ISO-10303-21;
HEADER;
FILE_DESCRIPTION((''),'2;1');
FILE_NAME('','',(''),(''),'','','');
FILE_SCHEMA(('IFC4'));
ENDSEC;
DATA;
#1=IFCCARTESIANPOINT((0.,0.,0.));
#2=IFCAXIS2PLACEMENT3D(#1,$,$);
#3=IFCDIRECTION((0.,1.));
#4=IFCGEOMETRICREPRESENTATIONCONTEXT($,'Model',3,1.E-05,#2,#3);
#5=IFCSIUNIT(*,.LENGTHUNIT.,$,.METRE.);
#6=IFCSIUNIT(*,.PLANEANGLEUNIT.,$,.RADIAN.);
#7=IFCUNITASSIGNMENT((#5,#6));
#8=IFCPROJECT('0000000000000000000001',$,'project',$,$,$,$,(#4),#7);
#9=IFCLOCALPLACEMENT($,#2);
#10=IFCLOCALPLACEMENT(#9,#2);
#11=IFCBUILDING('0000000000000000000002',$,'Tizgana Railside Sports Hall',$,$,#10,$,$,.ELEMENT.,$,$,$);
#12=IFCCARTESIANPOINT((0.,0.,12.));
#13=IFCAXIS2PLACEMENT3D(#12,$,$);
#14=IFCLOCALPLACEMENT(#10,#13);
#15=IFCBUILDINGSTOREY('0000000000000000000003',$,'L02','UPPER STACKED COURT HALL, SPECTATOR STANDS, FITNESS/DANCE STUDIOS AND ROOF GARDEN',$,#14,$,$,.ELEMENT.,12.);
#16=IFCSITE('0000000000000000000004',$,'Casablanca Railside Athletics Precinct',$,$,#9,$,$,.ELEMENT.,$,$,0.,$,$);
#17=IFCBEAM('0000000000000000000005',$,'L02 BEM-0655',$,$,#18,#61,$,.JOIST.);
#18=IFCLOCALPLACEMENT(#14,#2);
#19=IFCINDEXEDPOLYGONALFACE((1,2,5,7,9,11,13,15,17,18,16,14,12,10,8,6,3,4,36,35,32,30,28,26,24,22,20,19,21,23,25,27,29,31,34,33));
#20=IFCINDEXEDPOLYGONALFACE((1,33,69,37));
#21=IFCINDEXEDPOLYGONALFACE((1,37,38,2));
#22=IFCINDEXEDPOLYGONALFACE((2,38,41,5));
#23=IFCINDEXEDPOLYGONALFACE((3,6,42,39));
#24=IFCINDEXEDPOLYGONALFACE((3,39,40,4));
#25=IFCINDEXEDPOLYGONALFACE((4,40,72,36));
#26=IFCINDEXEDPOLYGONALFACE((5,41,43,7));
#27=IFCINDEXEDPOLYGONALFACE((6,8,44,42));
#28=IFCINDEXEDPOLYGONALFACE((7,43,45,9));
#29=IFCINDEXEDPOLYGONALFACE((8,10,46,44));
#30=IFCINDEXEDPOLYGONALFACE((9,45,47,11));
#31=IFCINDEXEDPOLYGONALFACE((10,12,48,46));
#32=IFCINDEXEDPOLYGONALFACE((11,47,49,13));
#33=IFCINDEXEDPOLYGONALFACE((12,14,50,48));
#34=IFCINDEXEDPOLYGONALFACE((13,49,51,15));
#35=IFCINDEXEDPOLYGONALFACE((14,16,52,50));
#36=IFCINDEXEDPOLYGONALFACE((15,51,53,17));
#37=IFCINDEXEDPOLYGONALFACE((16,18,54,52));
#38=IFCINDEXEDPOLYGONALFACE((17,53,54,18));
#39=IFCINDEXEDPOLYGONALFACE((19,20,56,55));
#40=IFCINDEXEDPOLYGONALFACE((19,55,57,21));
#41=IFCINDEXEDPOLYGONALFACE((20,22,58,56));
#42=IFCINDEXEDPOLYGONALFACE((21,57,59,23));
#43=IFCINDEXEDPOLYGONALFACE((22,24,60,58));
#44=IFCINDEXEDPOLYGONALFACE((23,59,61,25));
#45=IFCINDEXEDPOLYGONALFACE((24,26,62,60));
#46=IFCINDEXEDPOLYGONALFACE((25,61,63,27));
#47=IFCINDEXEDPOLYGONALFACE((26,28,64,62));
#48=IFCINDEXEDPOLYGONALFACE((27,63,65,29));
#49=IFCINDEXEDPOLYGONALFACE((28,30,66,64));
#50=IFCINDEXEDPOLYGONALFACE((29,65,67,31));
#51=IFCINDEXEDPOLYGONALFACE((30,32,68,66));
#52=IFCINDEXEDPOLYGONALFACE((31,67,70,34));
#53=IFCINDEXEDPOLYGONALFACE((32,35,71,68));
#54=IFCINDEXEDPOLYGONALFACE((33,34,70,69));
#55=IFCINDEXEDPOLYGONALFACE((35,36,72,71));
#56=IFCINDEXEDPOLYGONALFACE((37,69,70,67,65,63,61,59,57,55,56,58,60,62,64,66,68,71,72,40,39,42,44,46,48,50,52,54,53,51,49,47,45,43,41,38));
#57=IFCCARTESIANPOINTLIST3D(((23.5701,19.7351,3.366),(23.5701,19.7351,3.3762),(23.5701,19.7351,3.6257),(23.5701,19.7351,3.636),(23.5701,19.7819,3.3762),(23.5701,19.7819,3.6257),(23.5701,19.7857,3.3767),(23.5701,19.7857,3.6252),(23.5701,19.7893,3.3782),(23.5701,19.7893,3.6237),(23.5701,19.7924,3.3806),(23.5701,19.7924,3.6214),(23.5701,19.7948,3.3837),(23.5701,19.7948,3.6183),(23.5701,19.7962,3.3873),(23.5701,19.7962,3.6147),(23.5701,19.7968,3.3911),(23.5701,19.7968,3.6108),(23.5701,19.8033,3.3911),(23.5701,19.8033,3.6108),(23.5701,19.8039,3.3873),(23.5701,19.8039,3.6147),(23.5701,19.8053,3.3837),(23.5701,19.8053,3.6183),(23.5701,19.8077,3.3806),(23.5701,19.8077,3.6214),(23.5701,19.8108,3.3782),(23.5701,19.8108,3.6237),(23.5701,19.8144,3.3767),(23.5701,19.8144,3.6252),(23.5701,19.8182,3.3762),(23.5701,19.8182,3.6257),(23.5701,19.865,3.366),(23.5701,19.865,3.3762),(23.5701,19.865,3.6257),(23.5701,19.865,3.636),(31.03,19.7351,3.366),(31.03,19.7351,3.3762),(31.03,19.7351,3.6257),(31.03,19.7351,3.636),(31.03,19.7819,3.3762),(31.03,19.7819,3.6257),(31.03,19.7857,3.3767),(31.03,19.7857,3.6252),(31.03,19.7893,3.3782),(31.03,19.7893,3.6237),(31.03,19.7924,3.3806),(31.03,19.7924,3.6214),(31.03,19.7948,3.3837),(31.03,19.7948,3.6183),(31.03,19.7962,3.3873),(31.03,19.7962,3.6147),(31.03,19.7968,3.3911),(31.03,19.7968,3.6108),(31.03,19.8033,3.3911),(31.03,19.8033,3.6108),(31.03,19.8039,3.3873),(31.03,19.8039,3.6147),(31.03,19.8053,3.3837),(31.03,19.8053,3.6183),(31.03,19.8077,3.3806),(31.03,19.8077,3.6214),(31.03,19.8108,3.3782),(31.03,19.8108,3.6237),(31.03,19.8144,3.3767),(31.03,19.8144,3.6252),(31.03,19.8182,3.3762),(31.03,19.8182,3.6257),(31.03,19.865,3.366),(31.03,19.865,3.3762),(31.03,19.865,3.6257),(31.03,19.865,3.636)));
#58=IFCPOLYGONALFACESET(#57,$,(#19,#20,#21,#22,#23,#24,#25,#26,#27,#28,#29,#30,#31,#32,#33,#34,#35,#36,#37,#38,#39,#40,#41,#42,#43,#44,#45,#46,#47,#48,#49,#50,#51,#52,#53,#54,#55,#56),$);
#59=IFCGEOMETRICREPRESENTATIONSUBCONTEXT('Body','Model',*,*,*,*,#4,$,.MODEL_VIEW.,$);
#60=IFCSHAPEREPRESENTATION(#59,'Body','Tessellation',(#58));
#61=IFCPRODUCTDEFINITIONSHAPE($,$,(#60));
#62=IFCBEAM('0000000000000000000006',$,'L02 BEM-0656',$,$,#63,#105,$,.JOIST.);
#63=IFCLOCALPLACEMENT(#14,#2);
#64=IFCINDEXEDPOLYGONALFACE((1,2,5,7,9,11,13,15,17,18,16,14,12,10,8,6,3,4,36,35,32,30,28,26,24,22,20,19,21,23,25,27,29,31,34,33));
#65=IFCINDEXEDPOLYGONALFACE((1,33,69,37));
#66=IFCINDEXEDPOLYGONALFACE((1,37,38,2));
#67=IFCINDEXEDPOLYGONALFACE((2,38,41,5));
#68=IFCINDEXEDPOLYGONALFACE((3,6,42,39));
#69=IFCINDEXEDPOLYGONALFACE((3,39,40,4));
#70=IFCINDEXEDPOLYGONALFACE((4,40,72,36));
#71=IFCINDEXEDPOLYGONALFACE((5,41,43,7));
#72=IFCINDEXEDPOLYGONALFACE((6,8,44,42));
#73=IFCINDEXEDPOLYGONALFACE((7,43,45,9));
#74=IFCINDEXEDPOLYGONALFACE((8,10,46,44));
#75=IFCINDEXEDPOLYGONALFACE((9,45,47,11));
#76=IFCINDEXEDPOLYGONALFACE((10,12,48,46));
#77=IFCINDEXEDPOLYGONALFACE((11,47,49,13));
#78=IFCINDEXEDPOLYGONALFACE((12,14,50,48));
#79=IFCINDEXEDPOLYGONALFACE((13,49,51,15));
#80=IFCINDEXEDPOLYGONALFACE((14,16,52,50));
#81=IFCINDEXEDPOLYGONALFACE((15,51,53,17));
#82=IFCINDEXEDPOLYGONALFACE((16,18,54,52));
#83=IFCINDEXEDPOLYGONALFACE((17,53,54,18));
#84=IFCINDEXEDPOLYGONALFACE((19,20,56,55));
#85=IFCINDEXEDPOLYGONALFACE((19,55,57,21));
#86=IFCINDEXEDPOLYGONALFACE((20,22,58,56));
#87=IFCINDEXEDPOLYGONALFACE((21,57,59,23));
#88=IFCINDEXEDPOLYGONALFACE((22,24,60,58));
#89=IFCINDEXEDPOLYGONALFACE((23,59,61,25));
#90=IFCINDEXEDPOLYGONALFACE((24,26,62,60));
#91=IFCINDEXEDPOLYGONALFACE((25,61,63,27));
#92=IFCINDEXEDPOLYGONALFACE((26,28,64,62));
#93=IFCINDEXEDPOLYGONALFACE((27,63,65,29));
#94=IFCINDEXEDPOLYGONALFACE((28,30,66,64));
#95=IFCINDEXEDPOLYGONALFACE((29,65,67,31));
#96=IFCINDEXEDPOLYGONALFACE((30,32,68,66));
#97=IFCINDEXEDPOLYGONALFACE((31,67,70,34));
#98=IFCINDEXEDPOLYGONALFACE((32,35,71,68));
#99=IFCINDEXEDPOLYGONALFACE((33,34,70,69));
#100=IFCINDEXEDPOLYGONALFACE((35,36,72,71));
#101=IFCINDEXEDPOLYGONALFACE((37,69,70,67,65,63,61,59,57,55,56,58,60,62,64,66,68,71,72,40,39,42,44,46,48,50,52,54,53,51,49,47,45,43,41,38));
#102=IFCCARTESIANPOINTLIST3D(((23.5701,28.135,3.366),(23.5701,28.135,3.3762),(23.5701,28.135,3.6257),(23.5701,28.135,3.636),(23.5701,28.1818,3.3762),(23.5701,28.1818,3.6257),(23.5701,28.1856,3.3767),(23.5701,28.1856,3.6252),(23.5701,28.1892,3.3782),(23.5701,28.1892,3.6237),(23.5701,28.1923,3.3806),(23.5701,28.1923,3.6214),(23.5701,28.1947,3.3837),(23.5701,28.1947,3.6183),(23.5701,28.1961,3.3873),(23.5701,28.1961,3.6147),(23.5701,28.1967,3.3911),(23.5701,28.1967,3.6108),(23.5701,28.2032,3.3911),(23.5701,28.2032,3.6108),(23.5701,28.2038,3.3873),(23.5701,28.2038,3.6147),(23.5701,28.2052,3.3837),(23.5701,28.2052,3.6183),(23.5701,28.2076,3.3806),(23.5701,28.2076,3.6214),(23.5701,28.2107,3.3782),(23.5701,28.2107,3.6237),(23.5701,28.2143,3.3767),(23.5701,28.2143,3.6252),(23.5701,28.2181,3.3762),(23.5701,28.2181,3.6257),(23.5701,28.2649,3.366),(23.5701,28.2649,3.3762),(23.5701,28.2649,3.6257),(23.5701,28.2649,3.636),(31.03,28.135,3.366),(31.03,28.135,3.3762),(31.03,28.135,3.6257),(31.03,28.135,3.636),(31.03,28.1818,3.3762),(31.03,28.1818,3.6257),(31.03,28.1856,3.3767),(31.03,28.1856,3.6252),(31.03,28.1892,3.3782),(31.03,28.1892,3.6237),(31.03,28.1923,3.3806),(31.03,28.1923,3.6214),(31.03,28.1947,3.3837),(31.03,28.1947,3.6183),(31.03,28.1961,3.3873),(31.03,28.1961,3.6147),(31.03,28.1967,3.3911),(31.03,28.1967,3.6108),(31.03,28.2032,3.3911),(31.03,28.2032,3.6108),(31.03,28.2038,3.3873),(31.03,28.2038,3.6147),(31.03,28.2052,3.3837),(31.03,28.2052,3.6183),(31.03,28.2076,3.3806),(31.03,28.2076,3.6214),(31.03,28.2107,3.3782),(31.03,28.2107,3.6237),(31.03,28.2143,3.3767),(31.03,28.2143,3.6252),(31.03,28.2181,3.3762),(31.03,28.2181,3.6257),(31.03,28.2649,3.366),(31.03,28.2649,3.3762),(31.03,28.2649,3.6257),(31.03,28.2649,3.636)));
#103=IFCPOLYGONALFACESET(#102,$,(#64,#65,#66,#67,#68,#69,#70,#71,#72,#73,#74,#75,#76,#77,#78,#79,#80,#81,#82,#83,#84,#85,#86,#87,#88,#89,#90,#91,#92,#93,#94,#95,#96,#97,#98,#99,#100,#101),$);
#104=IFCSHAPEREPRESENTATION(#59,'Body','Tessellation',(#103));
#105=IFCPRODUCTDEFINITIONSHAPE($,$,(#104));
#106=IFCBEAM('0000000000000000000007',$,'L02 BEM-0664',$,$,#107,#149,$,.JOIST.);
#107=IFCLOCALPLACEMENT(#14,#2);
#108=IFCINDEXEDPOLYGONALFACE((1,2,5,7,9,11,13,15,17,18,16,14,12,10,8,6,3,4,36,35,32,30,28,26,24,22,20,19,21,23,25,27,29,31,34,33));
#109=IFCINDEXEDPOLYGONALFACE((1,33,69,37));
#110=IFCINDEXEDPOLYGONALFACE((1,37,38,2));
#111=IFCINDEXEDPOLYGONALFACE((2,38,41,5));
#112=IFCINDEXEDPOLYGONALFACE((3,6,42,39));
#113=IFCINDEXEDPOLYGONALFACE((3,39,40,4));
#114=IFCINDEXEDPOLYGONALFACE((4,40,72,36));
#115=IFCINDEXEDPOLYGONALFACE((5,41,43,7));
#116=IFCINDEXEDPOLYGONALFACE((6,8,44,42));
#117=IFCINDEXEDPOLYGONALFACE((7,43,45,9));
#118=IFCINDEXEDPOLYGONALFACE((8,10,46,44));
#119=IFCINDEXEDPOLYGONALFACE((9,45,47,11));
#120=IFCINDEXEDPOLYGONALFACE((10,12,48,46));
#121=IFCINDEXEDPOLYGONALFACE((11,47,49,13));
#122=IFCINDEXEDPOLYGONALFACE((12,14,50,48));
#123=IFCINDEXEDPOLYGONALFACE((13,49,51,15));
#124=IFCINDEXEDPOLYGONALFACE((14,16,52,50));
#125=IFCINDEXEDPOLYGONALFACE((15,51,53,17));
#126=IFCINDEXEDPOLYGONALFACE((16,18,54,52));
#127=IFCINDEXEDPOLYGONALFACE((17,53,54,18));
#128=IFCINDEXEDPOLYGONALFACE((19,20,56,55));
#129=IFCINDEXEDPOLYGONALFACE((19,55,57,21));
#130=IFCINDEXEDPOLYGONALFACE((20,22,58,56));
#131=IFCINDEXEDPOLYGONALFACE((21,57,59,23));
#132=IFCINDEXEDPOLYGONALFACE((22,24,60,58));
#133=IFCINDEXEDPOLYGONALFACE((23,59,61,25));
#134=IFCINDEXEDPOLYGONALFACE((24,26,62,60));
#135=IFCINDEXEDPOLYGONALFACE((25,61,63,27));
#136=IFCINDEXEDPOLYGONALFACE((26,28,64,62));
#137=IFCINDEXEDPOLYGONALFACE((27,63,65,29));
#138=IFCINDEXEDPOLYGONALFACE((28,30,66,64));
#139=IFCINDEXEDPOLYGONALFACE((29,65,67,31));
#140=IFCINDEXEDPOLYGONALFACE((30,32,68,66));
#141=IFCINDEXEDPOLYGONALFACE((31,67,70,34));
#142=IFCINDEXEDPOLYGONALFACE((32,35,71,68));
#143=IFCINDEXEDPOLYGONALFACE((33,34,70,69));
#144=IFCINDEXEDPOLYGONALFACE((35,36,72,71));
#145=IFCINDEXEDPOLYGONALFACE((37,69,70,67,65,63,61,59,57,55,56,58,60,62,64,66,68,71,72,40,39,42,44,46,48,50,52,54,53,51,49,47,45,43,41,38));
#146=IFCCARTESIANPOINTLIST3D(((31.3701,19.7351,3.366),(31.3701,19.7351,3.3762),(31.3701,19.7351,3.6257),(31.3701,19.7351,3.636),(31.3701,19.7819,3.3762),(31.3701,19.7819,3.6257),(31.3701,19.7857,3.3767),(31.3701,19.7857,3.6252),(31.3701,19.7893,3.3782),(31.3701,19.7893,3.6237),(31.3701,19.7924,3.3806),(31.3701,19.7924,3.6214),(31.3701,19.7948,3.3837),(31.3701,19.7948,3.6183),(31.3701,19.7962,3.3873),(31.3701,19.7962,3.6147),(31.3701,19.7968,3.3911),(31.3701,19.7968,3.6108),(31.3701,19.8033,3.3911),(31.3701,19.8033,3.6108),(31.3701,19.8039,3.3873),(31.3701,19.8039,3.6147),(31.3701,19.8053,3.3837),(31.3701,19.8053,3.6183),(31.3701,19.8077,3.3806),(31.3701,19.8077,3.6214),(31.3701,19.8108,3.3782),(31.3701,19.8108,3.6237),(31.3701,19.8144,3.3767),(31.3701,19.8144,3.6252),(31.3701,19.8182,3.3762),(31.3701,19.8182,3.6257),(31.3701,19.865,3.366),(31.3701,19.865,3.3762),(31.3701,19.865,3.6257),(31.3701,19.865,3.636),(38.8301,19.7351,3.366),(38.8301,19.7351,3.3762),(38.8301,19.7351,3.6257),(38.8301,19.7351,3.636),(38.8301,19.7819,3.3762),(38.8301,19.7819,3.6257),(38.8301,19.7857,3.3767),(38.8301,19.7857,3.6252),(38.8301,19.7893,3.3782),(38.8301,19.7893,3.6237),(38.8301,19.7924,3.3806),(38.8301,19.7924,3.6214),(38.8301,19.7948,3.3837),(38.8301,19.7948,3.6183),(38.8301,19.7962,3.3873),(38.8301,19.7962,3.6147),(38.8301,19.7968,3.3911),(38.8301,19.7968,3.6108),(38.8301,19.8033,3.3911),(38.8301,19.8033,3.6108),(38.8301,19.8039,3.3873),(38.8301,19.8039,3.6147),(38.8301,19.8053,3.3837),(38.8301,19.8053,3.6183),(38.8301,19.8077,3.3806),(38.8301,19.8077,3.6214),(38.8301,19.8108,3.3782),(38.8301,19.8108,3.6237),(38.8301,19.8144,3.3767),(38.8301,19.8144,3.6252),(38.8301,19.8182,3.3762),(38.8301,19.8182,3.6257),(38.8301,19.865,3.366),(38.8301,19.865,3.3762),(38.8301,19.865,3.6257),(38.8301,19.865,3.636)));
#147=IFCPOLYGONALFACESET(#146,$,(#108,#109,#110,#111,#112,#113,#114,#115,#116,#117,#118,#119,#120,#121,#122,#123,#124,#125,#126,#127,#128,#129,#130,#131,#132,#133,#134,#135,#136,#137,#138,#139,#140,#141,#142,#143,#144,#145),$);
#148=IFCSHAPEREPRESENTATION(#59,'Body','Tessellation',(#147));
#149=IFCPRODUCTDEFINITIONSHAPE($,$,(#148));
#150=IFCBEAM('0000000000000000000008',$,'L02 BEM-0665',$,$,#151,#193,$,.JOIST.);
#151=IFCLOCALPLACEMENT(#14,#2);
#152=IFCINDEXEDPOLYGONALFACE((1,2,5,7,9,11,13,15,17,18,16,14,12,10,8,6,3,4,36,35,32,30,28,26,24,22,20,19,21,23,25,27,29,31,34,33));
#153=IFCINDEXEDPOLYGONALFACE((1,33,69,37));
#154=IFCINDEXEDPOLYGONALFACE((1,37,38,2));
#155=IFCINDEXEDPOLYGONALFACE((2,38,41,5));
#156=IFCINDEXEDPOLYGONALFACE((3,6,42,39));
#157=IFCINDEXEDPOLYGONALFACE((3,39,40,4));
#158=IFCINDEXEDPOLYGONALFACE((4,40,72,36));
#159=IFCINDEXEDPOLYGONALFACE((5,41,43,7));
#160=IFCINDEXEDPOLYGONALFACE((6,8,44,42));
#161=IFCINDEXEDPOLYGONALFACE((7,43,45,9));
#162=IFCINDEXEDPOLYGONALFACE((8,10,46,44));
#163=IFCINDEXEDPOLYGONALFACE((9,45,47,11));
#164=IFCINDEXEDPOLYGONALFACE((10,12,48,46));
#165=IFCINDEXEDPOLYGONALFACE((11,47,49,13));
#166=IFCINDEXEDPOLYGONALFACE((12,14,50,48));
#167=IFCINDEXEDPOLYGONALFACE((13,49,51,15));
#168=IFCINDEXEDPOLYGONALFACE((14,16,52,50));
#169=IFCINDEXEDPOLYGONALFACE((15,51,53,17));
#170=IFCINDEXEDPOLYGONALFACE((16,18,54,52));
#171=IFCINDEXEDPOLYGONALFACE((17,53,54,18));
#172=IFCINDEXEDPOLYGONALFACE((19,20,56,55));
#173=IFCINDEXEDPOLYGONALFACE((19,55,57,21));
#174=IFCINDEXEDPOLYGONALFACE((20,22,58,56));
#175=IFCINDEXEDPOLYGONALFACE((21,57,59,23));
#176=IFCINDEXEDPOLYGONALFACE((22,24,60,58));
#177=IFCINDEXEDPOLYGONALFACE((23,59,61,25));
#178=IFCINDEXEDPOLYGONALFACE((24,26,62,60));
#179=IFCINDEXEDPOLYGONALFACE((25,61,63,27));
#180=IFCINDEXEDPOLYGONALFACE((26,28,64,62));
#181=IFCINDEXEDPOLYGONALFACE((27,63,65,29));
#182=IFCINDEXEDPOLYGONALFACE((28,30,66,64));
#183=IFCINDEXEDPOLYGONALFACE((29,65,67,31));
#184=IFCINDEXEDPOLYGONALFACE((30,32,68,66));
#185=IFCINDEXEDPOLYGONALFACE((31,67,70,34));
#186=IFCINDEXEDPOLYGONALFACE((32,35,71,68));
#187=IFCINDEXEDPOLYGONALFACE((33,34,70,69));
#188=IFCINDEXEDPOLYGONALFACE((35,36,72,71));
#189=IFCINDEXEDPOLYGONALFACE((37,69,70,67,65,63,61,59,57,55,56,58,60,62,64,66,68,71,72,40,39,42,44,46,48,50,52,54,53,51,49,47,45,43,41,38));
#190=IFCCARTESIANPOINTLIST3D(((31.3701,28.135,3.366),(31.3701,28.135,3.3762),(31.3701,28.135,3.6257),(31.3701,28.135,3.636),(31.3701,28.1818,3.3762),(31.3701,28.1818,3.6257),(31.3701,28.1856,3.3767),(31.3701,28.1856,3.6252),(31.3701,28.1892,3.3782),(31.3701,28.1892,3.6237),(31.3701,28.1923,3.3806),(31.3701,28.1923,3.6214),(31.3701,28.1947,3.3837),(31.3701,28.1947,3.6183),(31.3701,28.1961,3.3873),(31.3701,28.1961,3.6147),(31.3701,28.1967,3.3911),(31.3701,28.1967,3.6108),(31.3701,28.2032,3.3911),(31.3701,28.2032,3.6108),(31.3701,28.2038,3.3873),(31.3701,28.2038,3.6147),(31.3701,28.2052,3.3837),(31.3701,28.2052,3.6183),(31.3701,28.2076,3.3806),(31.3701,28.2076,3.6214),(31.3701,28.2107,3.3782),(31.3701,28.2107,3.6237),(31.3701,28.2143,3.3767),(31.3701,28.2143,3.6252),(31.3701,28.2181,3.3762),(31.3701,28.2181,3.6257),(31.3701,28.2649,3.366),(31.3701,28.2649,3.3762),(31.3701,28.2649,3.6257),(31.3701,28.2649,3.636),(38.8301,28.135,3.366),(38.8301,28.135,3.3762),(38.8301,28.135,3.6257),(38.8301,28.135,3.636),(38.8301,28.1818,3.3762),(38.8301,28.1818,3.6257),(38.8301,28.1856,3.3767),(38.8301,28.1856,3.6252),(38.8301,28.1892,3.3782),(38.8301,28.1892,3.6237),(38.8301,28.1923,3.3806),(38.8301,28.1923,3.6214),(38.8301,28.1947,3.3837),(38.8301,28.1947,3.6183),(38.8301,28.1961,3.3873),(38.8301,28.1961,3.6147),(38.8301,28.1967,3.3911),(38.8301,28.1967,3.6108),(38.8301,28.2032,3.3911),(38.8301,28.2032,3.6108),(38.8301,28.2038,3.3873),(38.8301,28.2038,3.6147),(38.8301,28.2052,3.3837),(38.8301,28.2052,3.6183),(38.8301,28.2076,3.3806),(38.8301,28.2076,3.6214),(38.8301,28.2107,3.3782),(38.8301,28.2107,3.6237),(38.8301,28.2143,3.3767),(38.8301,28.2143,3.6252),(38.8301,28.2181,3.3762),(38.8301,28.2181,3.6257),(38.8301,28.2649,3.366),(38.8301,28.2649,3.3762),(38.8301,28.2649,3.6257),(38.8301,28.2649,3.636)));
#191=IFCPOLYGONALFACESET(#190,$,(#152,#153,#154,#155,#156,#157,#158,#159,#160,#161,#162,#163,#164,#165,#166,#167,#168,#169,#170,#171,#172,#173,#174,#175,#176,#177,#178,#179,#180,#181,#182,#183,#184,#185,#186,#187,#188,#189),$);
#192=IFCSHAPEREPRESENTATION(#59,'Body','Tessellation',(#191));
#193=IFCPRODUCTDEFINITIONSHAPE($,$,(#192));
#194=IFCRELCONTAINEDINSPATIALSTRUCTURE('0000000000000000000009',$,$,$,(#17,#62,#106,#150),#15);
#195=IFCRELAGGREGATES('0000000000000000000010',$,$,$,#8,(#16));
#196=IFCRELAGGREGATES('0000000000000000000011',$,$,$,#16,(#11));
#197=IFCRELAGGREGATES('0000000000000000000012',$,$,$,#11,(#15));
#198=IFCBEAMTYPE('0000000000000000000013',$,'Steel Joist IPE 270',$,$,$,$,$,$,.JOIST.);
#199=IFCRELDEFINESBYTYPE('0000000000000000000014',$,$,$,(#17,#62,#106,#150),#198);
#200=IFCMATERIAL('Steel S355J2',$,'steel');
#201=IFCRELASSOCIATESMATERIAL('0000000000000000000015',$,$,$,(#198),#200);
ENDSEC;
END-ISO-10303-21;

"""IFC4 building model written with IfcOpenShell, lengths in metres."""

from ifc_helpers import new_model, si_unit, direction, frame, origin, origin_2d, place, context, subcontext, project, spatial, i_section, extrude, material, material_profile, profile_set, type_object, element, save


model = new_model("IFC4")

# Units and contexts
model_context = context("Model", 3, precision=1e-05, world=origin(), true_north=direction((0.0, 1.0)))
body_context = subcontext(model_context, "Body", "Model", "MODEL_VIEW")
ifc_project = project(units=[si_unit("LENGTHUNIT", "METRE"), si_unit("PLANEANGLEUNIT", "RADIAN")], contexts=[model_context])

# Site, building, storey
site_placement = place(None, origin())
site = spatial("IfcSite", under=ifc_project, at=site_placement, Name="Casablanca Railside Athletics Precinct", CompositionType="ELEMENT", RefElevation=0.0)
building_placement = place(site_placement, origin())
building = spatial("IfcBuilding", under=site, at=building_placement, Name="Tizgana Railside Sports Hall", CompositionType="ELEMENT")
storey_placement = place(building_placement, frame((0.0, 0.0, 12.0)))
storey = spatial("IfcBuildingStorey", under=building, at=storey_placement, Name="L02", Description="UPPER STACKED COURT HALL, SPECTATOR STANDS, FITNESS/DANCE STUDIOS AND ROOF GARDEN", CompositionType="ELEMENT", Elevation=12.0)

# Beams
ifc_material_1 = material(Name="Steel S355J2", Category="steel")
ifc_material_profile_1 = material_profile(ifc_material_1, i_section(OverallWidth=0.1299, OverallDepth=0.27, WebThickness=0.0066, FlangeThickness=0.0103, FilletRadius=0.0149, at=origin_2d()), Name="IPE 270")
ifc_profile_set_1 = profile_set([ifc_material_profile_1], Name="Steel S355J2")
beam_type_1 = type_object("IfcBeamType", Name="Steel Joist IPE 270", PredefinedType="JOIST", material=ifc_profile_set_1)
for number, where, z_axis, x_axis, name in (
    (1, (23.5701, 19.8, 3.501), (1.0, 0.0, 0.0), (0.0, 1.0, 0.0), "L02 BEM-0655"),
    (2, (23.5701, 28.2, 3.501), (1.0, 0.0, 0.0), (0.0, 1.0, 0.0), "L02 BEM-0656"),
    (3, (31.3701, 19.8, 3.501), (1.0, 0.0, 0.0), (0.0, 1.0, 0.0), "L02 BEM-0664"),
    (4, (31.3701, 28.2, 3.501), (1.0, 0.0, 0.0), (0.0, 1.0, 0.0), "L02 BEM-0665"),
):
    element("IfcBeam", number, at=place(storey_placement, frame(where, z_axis=z_axis, x_axis=x_axis)), inside=storey, type_object=beam_type_1, Name=name, PredefinedType="JOIST", context=body_context, shape_type="SweptSolid", body=[
        extrude(i_section(OverallWidth=0.1299, OverallDepth=0.27, WebThickness=0.0066, FlangeThickness=0.0103, FilletRadius=0.0149, at=origin_2d()), origin(), (0.0, 0.0, 1.0), 7.46),
    ])

save(model, "model.ifc")
